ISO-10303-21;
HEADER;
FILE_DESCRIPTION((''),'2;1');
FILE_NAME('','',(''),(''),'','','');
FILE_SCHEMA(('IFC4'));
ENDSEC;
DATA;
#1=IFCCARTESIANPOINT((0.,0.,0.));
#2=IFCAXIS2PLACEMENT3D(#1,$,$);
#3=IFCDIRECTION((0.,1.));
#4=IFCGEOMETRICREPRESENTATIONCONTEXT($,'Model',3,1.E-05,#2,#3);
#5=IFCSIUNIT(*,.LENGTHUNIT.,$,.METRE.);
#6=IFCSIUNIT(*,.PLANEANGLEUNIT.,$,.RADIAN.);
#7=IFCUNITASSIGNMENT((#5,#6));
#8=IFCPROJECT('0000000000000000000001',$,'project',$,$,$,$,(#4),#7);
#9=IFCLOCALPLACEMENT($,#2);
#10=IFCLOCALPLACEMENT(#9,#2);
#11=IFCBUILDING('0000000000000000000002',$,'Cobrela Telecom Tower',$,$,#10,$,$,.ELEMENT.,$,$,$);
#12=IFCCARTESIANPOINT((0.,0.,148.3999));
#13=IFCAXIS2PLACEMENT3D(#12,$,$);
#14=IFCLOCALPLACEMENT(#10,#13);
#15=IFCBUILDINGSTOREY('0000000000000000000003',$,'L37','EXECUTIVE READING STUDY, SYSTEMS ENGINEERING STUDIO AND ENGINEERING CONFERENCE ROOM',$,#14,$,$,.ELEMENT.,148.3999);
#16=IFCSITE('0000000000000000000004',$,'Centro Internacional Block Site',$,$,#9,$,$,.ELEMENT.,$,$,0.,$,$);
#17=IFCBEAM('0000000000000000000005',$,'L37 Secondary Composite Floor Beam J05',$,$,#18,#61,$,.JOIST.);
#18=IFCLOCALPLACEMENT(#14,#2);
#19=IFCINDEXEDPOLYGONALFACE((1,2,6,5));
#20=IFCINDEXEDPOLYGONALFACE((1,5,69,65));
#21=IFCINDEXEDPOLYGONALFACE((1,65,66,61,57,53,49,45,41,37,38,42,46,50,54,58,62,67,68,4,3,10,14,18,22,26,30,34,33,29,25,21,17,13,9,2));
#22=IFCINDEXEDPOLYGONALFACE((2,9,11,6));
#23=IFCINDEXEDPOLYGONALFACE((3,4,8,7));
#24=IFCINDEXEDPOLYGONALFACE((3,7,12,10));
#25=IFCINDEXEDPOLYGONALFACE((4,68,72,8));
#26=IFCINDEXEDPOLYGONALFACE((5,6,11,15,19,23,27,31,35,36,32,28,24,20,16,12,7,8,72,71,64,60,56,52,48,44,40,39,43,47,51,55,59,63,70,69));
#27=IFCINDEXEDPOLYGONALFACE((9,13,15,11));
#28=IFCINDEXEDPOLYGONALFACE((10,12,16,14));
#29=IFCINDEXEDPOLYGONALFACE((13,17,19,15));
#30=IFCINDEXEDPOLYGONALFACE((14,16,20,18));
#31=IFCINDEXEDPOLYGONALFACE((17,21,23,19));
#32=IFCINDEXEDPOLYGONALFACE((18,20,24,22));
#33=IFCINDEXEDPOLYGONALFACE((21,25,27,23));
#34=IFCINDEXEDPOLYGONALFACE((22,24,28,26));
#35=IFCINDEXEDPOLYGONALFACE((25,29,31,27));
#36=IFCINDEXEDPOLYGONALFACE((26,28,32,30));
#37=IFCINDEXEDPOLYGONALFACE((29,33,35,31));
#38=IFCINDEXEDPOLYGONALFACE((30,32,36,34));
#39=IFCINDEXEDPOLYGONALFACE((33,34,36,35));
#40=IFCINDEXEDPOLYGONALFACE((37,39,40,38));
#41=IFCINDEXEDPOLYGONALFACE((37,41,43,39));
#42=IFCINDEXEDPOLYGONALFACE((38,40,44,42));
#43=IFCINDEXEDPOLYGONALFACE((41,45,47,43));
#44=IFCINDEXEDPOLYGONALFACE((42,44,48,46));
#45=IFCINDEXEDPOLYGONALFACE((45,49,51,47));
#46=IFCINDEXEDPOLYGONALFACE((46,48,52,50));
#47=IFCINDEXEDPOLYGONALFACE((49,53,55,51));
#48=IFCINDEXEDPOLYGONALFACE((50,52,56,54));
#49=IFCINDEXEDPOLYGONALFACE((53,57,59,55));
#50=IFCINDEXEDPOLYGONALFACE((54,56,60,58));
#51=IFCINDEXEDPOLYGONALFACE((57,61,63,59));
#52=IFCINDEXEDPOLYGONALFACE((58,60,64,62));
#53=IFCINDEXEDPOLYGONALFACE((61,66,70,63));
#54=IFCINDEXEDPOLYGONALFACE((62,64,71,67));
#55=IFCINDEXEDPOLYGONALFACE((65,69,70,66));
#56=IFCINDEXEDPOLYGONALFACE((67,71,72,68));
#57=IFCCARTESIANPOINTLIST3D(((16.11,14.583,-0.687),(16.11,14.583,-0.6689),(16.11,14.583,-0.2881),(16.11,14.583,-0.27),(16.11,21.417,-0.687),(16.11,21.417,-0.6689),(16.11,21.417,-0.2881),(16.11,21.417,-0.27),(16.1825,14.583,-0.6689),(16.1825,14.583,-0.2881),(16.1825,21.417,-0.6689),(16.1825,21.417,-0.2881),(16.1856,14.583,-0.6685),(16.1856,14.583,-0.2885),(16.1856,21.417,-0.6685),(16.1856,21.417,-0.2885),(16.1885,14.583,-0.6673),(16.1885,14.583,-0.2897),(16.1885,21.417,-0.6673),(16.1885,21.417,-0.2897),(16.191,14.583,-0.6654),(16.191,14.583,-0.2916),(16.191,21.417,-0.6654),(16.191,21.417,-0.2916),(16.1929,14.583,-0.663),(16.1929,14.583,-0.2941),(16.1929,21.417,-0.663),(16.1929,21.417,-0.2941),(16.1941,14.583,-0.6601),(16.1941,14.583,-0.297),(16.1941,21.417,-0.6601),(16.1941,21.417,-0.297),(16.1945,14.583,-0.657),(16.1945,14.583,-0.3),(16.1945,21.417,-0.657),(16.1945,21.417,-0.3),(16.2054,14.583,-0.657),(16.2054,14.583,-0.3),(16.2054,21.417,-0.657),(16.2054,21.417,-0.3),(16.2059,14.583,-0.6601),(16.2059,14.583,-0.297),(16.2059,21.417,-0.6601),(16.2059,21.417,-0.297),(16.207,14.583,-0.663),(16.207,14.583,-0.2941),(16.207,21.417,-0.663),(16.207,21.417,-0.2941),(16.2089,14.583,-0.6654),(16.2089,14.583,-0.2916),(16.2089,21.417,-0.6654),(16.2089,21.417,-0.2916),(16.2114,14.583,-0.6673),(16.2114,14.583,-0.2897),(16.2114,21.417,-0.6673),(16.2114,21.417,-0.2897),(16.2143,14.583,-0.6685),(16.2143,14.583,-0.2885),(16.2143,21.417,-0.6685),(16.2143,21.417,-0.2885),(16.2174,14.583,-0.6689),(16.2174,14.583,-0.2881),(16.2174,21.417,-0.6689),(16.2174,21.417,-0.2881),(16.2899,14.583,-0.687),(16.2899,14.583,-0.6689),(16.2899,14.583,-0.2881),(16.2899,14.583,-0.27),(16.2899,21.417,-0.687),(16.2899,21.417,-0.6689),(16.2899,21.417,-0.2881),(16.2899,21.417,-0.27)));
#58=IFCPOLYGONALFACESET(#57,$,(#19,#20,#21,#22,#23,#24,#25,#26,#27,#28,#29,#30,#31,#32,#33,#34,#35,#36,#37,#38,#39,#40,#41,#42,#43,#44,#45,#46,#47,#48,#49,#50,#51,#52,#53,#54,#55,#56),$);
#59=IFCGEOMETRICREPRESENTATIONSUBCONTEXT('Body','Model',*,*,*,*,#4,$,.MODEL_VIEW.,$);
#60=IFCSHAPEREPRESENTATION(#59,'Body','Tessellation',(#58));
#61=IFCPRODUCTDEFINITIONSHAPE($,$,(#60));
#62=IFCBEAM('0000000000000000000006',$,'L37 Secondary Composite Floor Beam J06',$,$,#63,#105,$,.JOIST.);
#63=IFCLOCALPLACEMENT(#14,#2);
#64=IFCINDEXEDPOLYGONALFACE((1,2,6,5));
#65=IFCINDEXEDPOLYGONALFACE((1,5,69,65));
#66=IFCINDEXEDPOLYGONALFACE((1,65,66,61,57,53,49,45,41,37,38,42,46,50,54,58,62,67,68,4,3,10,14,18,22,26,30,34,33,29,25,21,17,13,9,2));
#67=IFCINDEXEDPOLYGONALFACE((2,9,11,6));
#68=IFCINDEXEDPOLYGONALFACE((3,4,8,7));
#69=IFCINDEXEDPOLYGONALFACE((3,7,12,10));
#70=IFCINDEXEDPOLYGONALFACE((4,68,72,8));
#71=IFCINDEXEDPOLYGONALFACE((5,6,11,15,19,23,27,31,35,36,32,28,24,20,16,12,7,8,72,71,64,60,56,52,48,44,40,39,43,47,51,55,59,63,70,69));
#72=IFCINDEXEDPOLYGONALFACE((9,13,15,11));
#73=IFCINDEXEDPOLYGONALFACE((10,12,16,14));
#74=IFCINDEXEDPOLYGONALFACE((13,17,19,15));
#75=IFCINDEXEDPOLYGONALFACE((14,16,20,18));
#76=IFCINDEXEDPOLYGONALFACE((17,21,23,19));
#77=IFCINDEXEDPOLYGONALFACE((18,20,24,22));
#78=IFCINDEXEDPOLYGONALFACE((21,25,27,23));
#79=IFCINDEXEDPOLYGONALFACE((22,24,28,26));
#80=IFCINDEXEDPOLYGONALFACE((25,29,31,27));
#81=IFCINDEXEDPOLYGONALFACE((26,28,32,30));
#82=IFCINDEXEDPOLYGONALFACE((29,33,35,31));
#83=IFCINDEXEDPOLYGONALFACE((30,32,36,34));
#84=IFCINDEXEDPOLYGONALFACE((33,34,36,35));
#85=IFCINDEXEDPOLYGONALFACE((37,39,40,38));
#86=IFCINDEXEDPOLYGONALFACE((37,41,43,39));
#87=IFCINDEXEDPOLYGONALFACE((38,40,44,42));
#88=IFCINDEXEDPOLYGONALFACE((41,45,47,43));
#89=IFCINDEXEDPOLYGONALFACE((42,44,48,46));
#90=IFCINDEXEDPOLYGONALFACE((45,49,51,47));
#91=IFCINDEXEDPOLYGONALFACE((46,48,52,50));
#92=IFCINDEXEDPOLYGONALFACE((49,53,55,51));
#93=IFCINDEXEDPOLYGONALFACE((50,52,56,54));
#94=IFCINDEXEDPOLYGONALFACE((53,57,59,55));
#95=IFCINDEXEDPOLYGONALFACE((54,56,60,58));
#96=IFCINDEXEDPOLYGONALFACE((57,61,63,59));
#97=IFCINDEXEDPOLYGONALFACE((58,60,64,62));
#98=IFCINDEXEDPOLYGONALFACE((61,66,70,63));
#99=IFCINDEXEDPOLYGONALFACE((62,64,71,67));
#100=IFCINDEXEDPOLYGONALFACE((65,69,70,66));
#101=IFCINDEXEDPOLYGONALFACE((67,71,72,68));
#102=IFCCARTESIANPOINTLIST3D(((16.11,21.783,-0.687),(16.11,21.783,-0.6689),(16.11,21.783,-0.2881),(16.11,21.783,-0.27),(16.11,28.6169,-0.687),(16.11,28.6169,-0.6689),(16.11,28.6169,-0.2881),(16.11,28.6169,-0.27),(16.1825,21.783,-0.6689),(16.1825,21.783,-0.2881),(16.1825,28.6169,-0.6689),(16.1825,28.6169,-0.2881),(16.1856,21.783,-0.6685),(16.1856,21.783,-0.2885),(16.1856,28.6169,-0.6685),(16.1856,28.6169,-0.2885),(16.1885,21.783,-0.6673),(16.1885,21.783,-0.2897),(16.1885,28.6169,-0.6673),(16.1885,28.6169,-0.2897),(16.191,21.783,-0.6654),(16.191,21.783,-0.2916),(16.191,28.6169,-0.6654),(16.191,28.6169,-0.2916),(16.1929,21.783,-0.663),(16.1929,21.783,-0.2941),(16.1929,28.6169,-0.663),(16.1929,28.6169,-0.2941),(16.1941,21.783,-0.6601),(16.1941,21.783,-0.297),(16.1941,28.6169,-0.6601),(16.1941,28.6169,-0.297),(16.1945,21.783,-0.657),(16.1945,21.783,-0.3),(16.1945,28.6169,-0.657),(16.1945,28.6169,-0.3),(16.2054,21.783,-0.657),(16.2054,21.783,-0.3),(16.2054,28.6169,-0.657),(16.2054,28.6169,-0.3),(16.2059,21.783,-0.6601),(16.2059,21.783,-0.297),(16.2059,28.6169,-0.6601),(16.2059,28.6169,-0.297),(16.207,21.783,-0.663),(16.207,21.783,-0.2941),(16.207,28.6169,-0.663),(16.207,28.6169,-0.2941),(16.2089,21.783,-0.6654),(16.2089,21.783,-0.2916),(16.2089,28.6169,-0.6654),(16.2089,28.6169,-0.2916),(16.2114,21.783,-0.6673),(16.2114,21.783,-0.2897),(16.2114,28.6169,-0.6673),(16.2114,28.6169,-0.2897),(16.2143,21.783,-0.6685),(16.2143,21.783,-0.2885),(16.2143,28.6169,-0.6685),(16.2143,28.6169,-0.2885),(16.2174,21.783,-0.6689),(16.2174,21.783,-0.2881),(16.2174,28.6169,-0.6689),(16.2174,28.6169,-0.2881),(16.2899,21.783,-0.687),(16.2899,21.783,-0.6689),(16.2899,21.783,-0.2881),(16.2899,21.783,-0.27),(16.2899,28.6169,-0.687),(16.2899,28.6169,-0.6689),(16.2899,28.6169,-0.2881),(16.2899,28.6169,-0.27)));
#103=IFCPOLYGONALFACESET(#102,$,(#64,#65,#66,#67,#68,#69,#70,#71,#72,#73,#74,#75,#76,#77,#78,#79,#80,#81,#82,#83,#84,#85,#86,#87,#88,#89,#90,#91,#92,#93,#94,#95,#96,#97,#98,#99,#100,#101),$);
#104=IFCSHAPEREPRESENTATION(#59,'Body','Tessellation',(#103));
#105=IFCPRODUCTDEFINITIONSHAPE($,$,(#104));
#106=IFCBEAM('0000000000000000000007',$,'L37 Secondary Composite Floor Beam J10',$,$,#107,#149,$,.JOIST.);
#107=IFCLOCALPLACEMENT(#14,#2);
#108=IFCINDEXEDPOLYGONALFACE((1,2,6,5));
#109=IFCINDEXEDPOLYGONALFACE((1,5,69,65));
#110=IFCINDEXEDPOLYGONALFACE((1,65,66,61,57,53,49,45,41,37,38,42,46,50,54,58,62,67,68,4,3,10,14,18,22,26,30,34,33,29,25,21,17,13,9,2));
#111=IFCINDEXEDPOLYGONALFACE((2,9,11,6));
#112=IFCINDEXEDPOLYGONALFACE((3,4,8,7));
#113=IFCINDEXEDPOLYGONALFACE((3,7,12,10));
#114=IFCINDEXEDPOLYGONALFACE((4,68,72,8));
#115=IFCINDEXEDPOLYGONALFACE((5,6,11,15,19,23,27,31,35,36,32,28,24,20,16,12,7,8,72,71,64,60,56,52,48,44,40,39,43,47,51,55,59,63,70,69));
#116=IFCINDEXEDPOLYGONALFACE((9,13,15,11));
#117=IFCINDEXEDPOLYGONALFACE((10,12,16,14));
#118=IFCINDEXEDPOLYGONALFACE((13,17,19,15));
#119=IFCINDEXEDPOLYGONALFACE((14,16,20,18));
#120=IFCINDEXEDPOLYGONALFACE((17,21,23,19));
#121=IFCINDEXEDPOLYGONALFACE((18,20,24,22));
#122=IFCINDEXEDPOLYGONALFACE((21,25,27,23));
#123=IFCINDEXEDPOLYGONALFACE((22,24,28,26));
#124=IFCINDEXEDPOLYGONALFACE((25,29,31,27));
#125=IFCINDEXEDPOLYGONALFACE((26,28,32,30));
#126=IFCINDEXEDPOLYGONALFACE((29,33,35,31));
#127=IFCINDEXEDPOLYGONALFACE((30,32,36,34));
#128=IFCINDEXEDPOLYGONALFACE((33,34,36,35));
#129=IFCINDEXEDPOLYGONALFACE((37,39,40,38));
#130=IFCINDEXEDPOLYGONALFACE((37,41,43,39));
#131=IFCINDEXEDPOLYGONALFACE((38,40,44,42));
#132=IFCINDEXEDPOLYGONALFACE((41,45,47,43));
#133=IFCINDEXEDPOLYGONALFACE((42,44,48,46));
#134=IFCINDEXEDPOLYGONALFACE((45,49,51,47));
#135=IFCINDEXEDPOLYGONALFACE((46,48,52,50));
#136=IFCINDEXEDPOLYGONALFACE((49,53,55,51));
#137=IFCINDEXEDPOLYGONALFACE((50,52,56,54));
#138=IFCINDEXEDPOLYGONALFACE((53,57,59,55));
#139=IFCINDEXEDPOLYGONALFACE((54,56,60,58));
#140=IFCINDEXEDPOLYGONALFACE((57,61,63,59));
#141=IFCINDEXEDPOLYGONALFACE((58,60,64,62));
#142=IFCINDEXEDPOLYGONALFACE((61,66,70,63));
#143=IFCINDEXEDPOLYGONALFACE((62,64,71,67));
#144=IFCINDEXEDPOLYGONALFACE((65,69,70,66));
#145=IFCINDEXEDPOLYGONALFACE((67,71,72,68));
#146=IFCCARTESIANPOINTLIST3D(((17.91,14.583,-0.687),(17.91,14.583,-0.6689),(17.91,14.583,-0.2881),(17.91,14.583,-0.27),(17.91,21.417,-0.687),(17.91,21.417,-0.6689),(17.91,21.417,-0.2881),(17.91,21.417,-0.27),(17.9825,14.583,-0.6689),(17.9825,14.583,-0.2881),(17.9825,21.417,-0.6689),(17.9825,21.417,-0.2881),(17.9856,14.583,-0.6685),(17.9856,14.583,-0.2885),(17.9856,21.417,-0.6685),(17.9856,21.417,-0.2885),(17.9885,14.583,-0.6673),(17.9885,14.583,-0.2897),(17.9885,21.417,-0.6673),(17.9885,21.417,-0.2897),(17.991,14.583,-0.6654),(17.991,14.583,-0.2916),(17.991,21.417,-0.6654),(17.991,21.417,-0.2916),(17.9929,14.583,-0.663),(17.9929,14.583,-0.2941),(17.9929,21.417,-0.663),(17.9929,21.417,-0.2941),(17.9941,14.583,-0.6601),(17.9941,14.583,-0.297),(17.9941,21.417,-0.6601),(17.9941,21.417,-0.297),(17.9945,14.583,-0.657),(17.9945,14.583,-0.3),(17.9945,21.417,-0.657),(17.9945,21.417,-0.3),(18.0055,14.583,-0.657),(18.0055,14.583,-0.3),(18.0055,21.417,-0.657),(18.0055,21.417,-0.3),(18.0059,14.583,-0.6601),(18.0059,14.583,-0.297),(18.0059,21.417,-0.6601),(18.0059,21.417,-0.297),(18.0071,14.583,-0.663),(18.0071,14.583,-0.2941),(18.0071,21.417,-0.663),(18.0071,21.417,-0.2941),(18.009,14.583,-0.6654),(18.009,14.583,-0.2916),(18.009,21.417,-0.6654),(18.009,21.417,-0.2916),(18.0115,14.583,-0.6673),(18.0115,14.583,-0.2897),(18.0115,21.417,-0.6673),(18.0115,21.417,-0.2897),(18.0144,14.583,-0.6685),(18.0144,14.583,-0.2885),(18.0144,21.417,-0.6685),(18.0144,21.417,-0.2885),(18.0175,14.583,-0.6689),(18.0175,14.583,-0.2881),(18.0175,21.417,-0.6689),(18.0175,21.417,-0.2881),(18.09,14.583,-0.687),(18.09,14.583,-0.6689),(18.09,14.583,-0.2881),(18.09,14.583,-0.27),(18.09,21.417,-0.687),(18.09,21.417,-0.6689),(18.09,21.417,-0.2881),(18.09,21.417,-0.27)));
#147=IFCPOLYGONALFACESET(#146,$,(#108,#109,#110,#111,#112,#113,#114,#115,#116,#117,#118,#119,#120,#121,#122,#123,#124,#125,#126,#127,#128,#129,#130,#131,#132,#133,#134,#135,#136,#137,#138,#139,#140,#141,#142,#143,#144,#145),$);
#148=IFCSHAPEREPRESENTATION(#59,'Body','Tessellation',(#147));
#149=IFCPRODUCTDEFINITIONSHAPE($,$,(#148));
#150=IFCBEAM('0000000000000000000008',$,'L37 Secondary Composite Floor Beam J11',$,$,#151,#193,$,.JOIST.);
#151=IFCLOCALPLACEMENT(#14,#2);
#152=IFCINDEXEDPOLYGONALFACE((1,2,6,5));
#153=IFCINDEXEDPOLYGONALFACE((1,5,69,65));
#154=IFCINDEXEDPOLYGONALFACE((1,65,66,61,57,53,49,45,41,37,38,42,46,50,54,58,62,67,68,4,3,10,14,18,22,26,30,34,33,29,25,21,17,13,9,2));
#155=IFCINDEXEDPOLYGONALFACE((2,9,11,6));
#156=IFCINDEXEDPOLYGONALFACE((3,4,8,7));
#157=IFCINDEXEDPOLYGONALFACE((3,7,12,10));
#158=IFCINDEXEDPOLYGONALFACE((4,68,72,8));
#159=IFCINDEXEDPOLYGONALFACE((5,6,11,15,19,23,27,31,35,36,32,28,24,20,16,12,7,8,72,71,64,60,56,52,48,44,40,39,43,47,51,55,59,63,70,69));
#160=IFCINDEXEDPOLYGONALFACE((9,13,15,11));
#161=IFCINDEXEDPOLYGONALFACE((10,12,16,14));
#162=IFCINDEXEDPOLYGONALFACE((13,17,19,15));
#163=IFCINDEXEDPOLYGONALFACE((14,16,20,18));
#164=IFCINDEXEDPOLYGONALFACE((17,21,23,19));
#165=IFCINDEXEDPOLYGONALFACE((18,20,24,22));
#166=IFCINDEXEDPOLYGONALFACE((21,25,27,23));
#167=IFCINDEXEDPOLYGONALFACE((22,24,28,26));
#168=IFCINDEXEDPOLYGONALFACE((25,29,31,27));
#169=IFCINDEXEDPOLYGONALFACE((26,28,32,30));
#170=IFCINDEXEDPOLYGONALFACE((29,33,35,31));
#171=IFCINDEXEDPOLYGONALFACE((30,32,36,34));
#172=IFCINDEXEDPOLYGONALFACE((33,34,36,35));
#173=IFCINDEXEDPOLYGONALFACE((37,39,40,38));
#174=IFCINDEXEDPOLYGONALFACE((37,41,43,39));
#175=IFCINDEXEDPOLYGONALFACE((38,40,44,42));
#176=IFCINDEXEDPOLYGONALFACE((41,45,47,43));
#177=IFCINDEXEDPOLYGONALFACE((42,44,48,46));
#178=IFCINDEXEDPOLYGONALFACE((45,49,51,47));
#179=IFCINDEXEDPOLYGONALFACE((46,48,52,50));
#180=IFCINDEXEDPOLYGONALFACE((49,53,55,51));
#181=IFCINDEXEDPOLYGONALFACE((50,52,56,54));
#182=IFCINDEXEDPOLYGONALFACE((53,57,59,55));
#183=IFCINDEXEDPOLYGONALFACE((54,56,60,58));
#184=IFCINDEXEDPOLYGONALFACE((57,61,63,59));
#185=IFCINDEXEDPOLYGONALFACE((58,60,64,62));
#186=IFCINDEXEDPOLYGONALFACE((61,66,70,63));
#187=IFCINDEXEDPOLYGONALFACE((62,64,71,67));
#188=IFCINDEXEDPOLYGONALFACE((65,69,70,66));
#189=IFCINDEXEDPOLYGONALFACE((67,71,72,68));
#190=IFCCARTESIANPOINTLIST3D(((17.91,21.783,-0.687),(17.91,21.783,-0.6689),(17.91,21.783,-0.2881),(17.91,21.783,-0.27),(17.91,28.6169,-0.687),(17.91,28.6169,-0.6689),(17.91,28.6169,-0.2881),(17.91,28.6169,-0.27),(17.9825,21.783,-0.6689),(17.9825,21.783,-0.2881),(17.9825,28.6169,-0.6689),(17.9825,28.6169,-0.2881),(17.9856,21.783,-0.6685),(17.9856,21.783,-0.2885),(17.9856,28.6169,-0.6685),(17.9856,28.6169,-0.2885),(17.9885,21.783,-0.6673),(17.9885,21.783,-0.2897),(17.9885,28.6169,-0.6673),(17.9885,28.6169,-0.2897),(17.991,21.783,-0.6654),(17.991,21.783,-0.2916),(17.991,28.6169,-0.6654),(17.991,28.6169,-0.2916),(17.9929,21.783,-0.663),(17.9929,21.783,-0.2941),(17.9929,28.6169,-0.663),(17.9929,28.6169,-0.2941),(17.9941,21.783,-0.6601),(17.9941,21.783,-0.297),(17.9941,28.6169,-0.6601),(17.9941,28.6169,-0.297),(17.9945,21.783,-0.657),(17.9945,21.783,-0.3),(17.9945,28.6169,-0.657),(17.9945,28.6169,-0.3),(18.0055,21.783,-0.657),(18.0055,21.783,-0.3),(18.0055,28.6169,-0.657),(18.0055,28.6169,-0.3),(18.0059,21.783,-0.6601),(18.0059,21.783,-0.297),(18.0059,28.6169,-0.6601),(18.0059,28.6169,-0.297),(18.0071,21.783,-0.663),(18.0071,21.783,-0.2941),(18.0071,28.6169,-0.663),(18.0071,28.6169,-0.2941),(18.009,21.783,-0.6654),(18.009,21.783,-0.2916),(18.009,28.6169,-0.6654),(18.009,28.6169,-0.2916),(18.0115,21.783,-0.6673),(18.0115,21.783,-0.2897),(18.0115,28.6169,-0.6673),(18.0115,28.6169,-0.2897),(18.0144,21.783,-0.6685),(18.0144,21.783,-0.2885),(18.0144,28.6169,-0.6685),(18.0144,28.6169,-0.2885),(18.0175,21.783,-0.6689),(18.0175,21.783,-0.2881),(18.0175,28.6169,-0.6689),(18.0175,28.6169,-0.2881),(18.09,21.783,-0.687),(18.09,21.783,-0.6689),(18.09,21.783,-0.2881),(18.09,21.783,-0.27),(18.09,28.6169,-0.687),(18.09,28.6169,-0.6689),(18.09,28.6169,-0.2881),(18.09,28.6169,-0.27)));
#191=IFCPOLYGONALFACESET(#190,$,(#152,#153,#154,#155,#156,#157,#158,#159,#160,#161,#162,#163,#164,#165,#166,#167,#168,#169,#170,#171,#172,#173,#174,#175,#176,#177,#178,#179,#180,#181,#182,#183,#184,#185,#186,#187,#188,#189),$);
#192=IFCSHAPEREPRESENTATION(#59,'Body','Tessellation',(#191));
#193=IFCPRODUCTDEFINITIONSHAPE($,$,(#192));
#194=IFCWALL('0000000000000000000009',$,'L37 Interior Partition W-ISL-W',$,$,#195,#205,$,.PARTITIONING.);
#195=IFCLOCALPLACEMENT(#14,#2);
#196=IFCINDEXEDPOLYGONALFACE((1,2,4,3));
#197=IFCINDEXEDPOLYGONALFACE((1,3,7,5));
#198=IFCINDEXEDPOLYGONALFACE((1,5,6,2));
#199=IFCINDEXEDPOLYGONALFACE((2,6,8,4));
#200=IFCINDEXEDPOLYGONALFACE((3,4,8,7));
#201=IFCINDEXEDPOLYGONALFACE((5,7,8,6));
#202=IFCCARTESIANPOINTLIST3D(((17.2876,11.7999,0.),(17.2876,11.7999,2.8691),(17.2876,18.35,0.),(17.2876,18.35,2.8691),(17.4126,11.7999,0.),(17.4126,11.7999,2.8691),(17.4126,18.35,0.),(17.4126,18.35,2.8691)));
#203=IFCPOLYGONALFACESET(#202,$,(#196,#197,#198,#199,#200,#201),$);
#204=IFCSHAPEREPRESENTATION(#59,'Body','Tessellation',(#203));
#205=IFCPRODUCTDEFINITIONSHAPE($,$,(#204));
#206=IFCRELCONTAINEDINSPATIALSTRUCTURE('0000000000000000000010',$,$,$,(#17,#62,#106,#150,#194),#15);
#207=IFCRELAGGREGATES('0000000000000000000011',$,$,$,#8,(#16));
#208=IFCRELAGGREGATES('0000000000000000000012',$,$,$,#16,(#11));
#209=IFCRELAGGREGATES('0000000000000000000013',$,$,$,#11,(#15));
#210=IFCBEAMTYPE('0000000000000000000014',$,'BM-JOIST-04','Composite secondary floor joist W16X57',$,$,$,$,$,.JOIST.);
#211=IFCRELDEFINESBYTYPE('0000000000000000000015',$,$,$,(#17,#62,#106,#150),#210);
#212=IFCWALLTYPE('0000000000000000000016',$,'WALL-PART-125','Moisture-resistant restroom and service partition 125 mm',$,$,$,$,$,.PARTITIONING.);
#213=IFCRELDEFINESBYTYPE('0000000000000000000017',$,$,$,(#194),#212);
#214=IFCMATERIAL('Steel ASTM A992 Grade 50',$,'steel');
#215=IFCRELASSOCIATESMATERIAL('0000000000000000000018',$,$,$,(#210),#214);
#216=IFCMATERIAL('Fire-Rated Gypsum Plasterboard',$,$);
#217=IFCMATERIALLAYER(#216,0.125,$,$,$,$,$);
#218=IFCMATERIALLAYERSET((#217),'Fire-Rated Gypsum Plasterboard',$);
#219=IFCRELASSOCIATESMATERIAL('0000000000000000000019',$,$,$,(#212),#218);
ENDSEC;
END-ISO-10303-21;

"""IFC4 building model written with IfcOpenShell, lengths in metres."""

from ifc_helpers import new_model, si_unit, direction, frame, frame_2d, origin, origin_2d, place, context, subcontext, project, spatial, rectangle, i_section, extrude, material, layer, layer_set, material_profile, profile_set, type_object, element, save


model = new_model("IFC4")

# Units and contexts
model_context = context("Model", 3, precision=1e-05, world=origin(), true_north=direction((0.0, 1.0)))
body_context = subcontext(model_context, "Body", "Model", "MODEL_VIEW")
ifc_project = project(units=[si_unit("LENGTHUNIT", "METRE"), si_unit("PLANEANGLEUNIT", "RADIAN")], contexts=[model_context])

# Site, building, storey
site_placement = place(None, origin())
site = spatial("IfcSite", under=ifc_project, at=site_placement, Name="Centro Internacional Block Site", CompositionType="ELEMENT", RefElevation=0.0)
building_placement = place(site_placement, origin())
building = spatial("IfcBuilding", under=site, at=building_placement, Name="Cobrela Telecom Tower", CompositionType="ELEMENT")
storey_placement = place(building_placement, frame((0.0, 0.0, 148.3999)))
storey = spatial("IfcBuildingStorey", under=building, at=storey_placement, Name="L37", Description="EXECUTIVE READING STUDY, SYSTEMS ENGINEERING STUDIO AND ENGINEERING CONFERENCE ROOM", CompositionType="ELEMENT", Elevation=148.3999)

# Beams
ifc_material_1 = material(Name="Steel ASTM A992 Grade 50", Category="steel")
ifc_material_profile_1 = material_profile(ifc_material_1, i_section(OverallWidth=0.1799, OverallDepth=0.417, WebThickness=0.011, FlangeThickness=0.0181, FilletRadius=0.012, at=origin_2d()), Name="W16X57")
ifc_profile_set_1 = profile_set([ifc_material_profile_1], Name="Steel ASTM A992 Grade 50")
beam_type_1 = type_object("IfcBeamType", Name="BM-JOIST-04", Description="Composite secondary floor joist W16X57", PredefinedType="JOIST", material=ifc_profile_set_1)
for number, where, z_axis, x_axis, name in (
    (1, (16.2, 14.583, -0.4785), (0.0, 1.0, 0.0), (-1.0, 0.0, 0.0), "L37 Secondary Composite Floor Beam J05"),
    (2, (16.2, 21.783, -0.4785), (0.0, 1.0, 0.0), (-1.0, 0.0, 0.0), "L37 Secondary Composite Floor Beam J06"),
    (3, (18.0, 14.583, -0.4785), (0.0, 1.0, 0.0), (-1.0, 0.0, 0.0), "L37 Secondary Composite Floor Beam J10"),
    (4, (18.0, 21.783, -0.4785), (0.0, 1.0, 0.0), (-1.0, 0.0, 0.0), "L37 Secondary Composite Floor Beam J11"),
):
    element("IfcBeam", number, at=place(storey_placement, frame(where, z_axis=z_axis, x_axis=x_axis)), inside=storey, type_object=beam_type_1, Name=name, PredefinedType="JOIST", context=body_context, shape_type="SweptSolid", body=[
        extrude(i_section(OverallWidth=0.1799, OverallDepth=0.417, WebThickness=0.011, FlangeThickness=0.0181, FilletRadius=0.012, at=origin_2d()), origin(), (0.0, 0.0, 1.0), 6.834),
    ])

# Wall
ifc_material_2 = material(Name="Fire-Rated Gypsum Plasterboard")
ifc_layer_1 = layer(ifc_material_2, 0.125)
ifc_layer_set_1 = layer_set([ifc_layer_1], Name="Fire-Rated Gypsum Plasterboard")
wall_type_1 = type_object("IfcWallType", Name="WALL-PART-125", Description="Moisture-resistant restroom and service partition 125 mm", PredefinedType="PARTITIONING", material=ifc_layer_set_1)
wall_1_placement = place(storey_placement, frame((17.3501, 11.8, 0.0), z_axis=(0.0, 0.0, 1.0), x_axis=(0.0, 1.0, 0.0)))
element("IfcWall", 5, at=wall_1_placement, inside=storey, type_object=wall_type_1, Name="L37 Interior Partition W-ISL-W", PredefinedType="PARTITIONING", context=body_context, shape_type="SweptSolid", body=[
    extrude(rectangle(XDim=6.55, YDim=0.125, at=frame_2d((3.2749, 0.0))), origin(), (0.0, 0.0, 1.0), 2.8691),
])

save(model, "model.ifc")
